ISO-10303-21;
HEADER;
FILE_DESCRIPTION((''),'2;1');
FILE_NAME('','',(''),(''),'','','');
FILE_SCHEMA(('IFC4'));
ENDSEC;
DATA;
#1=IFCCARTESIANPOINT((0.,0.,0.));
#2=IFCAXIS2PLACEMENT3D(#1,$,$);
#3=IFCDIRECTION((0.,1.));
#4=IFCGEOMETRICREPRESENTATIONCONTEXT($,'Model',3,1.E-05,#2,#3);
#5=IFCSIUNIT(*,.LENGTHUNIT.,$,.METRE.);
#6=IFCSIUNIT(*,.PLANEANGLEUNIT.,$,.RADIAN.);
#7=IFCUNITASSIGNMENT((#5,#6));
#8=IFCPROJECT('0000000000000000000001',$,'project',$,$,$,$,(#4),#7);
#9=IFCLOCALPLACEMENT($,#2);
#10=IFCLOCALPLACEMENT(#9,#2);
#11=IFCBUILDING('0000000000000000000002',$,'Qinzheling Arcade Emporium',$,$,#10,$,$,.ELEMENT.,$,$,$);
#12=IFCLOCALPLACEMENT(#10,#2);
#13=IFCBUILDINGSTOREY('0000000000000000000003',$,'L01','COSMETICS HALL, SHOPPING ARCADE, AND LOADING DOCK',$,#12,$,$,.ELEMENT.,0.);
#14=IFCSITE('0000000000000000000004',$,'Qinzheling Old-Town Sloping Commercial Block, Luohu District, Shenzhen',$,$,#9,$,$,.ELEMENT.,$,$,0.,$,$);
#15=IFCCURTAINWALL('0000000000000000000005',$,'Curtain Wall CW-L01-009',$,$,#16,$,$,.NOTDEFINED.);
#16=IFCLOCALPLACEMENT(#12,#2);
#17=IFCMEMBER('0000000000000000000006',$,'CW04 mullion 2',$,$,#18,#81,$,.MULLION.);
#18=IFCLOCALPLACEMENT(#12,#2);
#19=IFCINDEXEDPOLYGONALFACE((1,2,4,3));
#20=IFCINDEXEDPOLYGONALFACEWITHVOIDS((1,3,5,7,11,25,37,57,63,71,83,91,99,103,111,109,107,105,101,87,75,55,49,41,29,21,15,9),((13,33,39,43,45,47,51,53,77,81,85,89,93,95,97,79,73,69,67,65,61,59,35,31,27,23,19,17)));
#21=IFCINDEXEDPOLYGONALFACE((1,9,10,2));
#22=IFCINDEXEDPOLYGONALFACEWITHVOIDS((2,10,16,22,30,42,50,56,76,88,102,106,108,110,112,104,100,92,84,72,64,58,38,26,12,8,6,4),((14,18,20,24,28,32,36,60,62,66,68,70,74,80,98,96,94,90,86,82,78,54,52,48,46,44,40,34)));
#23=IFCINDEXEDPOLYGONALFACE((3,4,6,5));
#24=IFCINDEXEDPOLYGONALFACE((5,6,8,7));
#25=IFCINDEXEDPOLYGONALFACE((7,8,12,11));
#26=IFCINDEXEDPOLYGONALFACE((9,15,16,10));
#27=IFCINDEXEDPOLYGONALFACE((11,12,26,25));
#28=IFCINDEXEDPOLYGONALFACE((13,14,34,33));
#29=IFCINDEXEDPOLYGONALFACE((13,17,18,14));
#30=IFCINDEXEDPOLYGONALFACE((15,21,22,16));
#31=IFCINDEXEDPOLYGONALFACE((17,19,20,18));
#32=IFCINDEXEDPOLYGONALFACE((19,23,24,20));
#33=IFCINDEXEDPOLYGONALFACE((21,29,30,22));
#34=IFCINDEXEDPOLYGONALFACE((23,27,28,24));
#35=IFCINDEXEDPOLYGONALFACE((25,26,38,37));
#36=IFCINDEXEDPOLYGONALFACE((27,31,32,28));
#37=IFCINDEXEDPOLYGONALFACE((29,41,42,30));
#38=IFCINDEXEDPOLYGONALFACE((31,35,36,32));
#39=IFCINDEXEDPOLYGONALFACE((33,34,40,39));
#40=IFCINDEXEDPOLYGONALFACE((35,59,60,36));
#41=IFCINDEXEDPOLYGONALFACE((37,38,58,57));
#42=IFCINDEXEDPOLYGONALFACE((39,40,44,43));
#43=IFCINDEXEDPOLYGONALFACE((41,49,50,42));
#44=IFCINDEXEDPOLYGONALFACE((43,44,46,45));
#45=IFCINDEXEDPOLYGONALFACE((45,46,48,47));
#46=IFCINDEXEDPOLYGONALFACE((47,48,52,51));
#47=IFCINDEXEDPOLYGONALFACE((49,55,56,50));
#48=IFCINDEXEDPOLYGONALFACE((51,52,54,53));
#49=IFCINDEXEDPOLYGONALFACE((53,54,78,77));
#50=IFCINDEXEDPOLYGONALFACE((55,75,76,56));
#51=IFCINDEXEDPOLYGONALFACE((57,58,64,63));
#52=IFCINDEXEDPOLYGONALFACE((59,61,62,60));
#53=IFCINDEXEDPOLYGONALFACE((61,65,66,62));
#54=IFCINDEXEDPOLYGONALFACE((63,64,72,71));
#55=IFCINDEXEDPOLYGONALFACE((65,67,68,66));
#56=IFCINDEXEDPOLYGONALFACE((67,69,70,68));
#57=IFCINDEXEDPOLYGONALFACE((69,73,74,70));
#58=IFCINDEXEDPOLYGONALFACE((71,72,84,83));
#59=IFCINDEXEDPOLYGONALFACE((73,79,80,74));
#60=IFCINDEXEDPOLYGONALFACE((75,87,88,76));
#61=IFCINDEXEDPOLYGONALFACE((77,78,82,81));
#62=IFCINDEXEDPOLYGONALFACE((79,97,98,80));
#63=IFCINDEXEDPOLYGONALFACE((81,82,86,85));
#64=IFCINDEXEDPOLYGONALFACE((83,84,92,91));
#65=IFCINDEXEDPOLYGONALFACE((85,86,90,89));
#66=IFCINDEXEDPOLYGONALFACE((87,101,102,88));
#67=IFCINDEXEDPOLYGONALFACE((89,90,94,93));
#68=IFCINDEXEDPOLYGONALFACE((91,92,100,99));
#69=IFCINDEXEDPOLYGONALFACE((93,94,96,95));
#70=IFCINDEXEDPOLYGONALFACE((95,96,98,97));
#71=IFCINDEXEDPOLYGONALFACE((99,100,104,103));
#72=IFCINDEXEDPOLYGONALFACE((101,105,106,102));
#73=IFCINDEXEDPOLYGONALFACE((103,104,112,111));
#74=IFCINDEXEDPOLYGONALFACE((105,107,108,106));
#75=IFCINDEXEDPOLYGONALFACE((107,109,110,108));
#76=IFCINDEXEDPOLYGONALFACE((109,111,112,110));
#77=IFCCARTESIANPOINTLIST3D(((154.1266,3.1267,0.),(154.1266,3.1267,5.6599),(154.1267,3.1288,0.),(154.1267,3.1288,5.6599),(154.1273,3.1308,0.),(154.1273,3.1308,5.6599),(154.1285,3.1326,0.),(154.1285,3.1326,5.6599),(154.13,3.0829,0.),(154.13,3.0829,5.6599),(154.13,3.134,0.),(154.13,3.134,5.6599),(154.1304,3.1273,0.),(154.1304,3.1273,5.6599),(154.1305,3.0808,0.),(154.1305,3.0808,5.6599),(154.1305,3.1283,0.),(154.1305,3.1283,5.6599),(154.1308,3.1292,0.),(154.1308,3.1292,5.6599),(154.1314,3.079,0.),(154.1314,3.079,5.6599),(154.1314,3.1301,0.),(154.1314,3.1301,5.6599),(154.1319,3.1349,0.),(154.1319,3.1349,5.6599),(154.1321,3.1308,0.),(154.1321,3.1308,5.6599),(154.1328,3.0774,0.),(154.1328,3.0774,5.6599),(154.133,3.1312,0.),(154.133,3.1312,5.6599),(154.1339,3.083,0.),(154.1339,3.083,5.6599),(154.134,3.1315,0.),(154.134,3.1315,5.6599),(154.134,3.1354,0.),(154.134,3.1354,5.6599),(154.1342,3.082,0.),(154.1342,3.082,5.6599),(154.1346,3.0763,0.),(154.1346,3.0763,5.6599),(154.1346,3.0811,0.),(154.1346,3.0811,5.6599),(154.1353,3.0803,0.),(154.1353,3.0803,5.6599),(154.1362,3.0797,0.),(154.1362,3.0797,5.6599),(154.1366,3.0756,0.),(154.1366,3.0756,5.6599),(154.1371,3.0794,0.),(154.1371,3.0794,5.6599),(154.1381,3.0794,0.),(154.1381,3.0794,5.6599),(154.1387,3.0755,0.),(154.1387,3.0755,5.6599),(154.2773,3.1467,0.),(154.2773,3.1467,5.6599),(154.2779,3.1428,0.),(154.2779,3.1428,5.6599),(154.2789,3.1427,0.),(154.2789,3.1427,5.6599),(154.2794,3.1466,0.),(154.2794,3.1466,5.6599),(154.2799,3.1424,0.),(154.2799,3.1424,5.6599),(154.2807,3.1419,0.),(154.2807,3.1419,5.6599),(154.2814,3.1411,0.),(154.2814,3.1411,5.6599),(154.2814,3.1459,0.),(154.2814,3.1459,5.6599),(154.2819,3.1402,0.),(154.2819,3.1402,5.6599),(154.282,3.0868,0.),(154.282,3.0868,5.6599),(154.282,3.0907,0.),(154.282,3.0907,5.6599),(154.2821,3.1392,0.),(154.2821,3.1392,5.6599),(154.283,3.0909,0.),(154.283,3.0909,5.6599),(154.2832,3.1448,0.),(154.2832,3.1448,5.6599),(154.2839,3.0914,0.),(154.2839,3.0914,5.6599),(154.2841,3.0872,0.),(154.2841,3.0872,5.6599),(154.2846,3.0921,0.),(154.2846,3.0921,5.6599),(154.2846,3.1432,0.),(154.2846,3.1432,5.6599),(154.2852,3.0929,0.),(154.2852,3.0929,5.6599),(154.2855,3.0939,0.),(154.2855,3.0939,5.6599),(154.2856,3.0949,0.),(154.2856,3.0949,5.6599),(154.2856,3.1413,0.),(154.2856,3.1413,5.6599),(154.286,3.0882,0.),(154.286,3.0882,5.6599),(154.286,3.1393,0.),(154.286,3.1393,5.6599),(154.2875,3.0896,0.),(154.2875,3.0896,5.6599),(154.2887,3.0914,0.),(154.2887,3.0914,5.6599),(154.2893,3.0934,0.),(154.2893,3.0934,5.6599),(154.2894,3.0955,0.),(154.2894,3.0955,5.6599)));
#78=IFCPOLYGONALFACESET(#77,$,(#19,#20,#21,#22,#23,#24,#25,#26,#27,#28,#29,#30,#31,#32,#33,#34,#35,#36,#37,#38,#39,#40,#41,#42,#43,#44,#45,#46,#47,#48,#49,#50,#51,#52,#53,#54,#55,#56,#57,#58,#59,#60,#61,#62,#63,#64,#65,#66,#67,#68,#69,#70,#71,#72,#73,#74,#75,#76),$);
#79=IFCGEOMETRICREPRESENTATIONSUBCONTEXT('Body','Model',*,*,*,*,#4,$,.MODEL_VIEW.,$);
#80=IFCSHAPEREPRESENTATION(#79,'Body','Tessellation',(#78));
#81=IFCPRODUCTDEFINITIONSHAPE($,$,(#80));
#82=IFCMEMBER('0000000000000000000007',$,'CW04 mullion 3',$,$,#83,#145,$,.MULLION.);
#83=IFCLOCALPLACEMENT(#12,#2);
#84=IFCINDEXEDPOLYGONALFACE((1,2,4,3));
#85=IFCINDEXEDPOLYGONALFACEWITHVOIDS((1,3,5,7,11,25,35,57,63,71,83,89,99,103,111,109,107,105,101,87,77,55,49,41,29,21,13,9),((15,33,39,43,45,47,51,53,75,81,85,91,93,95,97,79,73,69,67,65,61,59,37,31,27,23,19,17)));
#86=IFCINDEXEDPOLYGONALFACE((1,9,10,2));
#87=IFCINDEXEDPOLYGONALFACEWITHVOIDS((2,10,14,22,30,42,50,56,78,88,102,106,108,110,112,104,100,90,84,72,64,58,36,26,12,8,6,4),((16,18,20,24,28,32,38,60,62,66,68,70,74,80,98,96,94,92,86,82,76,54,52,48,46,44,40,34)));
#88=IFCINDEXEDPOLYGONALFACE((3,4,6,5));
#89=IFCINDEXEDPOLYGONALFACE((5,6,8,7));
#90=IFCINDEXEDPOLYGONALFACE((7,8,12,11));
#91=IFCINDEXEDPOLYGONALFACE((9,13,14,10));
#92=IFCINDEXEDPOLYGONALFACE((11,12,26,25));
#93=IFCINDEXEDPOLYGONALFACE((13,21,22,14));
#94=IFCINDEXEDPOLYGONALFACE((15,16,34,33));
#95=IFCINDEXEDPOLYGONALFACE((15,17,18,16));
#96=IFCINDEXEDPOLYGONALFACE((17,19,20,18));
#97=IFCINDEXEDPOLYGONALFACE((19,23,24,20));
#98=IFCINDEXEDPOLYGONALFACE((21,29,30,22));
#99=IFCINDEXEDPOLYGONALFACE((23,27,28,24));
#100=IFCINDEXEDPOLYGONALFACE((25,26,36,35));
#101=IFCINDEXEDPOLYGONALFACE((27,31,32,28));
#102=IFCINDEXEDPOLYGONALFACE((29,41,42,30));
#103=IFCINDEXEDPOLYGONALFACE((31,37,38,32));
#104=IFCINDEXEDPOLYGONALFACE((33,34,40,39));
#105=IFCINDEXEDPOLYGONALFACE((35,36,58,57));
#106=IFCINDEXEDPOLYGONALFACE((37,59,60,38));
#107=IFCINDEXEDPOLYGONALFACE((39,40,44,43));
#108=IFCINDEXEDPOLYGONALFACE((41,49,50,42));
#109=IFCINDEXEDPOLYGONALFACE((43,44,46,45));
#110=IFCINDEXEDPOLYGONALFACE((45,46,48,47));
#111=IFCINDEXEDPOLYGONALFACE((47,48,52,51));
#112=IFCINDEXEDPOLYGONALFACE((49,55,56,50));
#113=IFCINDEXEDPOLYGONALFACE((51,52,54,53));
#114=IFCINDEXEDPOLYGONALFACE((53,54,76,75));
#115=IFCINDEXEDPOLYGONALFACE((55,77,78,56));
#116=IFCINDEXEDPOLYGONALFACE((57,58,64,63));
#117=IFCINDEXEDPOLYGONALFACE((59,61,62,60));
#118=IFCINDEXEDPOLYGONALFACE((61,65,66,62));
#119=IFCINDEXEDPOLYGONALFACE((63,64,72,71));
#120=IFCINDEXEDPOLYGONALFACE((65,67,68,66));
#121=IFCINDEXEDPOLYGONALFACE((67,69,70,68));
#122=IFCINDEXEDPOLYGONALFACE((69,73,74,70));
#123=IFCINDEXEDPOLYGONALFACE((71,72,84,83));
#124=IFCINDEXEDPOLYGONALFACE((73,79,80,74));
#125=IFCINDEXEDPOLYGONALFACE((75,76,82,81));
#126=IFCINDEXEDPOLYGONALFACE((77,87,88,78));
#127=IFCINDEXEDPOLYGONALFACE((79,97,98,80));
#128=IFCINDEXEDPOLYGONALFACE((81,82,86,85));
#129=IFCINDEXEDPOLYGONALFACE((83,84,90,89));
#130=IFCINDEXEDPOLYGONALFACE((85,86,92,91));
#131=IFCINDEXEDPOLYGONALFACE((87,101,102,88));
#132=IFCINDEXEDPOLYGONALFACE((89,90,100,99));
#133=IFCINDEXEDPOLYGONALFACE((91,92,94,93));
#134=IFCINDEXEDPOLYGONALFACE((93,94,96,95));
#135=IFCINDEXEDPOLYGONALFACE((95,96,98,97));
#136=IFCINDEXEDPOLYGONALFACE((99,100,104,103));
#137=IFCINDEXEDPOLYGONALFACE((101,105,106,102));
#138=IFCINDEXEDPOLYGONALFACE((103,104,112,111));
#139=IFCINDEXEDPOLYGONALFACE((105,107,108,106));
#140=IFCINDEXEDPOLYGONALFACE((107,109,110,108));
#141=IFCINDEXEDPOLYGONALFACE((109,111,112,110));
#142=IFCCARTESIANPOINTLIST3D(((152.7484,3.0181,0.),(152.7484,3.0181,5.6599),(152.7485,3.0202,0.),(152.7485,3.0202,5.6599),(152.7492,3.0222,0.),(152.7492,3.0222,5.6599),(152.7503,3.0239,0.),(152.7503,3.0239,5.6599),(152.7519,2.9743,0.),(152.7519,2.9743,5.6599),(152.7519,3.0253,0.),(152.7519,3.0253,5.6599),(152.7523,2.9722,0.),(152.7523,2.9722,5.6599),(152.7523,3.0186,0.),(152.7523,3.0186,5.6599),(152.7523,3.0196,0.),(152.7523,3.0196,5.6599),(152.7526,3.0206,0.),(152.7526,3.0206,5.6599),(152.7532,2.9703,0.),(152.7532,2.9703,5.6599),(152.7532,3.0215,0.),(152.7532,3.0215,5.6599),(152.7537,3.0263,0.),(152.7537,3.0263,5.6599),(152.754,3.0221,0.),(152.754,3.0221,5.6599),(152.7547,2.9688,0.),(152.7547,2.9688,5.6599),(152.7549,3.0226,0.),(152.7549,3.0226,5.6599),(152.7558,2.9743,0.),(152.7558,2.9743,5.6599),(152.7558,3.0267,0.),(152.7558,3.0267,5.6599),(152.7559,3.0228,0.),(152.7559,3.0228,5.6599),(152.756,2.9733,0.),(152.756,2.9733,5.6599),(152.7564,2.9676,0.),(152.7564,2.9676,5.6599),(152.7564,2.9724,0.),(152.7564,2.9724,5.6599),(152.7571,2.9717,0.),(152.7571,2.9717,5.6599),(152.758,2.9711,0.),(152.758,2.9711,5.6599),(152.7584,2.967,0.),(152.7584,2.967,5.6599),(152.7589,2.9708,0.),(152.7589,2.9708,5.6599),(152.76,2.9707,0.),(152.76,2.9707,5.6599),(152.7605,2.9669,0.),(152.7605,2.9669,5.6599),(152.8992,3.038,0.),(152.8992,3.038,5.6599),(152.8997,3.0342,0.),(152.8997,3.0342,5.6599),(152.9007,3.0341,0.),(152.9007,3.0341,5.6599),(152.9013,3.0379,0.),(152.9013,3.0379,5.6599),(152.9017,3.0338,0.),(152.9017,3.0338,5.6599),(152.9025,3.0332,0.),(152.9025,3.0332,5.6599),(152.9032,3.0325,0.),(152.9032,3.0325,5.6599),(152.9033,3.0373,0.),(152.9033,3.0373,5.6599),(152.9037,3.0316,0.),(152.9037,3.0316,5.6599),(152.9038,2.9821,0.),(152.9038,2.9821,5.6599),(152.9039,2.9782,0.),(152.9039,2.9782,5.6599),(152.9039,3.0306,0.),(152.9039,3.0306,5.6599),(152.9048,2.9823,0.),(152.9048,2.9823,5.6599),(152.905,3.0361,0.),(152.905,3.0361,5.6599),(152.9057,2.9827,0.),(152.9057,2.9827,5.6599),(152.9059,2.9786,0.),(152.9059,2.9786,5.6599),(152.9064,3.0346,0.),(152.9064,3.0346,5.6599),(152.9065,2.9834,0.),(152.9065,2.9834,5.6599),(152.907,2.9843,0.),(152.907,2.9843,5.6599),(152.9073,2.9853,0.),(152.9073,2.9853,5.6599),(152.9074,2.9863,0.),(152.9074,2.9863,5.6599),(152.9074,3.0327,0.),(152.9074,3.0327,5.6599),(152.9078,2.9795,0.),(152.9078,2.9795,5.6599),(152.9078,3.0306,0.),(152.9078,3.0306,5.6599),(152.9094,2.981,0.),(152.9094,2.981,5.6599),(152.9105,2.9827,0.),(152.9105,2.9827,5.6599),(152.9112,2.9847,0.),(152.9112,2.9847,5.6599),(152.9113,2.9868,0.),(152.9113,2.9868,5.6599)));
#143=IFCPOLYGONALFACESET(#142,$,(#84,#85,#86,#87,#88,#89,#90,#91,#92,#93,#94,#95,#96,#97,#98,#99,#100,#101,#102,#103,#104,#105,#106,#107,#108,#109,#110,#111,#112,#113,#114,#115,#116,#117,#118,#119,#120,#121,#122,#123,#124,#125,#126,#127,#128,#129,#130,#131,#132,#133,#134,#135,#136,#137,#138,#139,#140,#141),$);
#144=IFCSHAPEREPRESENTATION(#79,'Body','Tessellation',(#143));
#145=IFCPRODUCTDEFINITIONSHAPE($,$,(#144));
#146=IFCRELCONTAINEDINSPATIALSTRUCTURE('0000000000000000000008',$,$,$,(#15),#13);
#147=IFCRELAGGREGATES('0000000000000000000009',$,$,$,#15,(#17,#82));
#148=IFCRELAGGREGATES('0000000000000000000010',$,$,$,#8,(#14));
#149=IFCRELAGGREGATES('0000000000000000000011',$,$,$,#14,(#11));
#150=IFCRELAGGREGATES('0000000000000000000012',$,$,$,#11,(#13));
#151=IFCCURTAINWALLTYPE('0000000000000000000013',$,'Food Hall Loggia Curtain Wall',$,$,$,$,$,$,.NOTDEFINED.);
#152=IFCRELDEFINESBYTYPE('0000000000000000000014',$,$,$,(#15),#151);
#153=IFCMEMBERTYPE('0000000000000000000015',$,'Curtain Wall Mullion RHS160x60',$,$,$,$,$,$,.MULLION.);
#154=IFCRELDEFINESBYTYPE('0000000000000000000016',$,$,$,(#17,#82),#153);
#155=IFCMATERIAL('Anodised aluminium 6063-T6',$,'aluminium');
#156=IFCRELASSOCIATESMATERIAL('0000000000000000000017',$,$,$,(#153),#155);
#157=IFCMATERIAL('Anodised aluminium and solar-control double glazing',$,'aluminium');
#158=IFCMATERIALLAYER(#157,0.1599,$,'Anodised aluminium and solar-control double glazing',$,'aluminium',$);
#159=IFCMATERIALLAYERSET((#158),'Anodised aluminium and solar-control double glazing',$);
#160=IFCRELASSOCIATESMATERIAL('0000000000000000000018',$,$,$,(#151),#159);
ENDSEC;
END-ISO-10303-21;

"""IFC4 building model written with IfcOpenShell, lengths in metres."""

from ifc_helpers import new_model, si_unit, direction, frame, origin, origin_2d, place, context, subcontext, project, spatial, hollow_rectangle, extrude, material, layer, layer_set, material_profile, profile_set, type_object, element, aggregate, save


model = new_model("IFC4")

# Units and contexts
model_context = context("Model", 3, precision=1e-05, world=origin(), true_north=direction((0.0, 1.0)))
body_context = subcontext(model_context, "Body", "Model", "MODEL_VIEW")
ifc_project = project(units=[si_unit("LENGTHUNIT", "METRE"), si_unit("PLANEANGLEUNIT", "RADIAN")], contexts=[model_context])

# Site, building, storey
site_placement = place(None, origin())
site = spatial("IfcSite", under=ifc_project, at=site_placement, Name="Qinzheling Old-Town Sloping Commercial Block, Luohu District, Shenzhen", CompositionType="ELEMENT", RefElevation=0.0)
building_placement = place(site_placement, origin())
building = spatial("IfcBuilding", under=site, at=building_placement, Name="Qinzheling Arcade Emporium", CompositionType="ELEMENT")
storey_placement = place(building_placement, origin())
storey = spatial("IfcBuildingStorey", under=building, at=storey_placement, Name="L01", Description="COSMETICS HALL, SHOPPING ARCADE, AND LOADING DOCK", CompositionType="ELEMENT", Elevation=0.0)

# Shared definitions
ifc_material_1 = material(Name="Anodised aluminium and solar-control double glazing", Category="aluminium")
ifc_material_2 = material(Name="Anodised aluminium 6063-T6", Category="aluminium")
ifc_material_profile_1 = material_profile(ifc_material_2, hollow_rectangle(XDim=0.0601, YDim=0.1599, WallThickness=0.0039, InnerFilletRadius=0.0039, OuterFilletRadius=0.0081, at=origin_2d()), Name="RHS 160x60x4", Category="aluminium")
ifc_profile_set_1 = profile_set([ifc_material_profile_1], Name="Anodised aluminium 6063-T6")
member_type_1 = type_object("IfcMemberType", Name="Curtain Wall Mullion RHS160x60", PredefinedType="MULLION", material=ifc_profile_set_1)

# Curtain wall, members
ifc_layer_1 = layer(ifc_material_1, 0.1599, Name="Anodised aluminium and solar-control double glazing", Category="aluminium")
ifc_layer_set_1 = layer_set([ifc_layer_1], Name="Anodised aluminium and solar-control double glazing")
curtain_wall_type_1 = type_object("IfcCurtainWallType", Name="Food Hall Loggia Curtain Wall", PredefinedType="NOTDEFINED", material=ifc_layer_set_1)
curtain_wall_1_placement = place(storey_placement, origin())
curtain_wall_1 = element("IfcCurtainWall", 1, at=curtain_wall_1_placement, inside=storey, type_object=curtain_wall_type_1, Name="Curtain Wall CW-L01-009", PredefinedType="NOTDEFINED")
member_1_placement = place(storey_placement, frame((154.208, 3.1111, 0.0), z_axis=(0.0, 0.0, 1.0), x_axis=(0.078591, -0.996907, 0.0)))
member_1 = element("IfcMember", 2, at=member_1_placement, type_object=member_type_1, Name="CW04 mullion 2", PredefinedType="MULLION", context=body_context, shape_type="SweptSolid", body=[
    extrude(hollow_rectangle(XDim=0.0601, YDim=0.1599, WallThickness=0.0039, InnerFilletRadius=0.0039, OuterFilletRadius=0.0081, at=origin_2d()), origin(), (0.0, 0.0, 1.0), 5.6599),
])
member_2_placement = place(storey_placement, frame((152.8298, 3.0024, 0.0), z_axis=(0.0, 0.0, 1.0), x_axis=(0.078591, -0.996907, 0.0)))
member_2 = element("IfcMember", 3, at=member_2_placement, type_object=member_type_1, Name="CW04 mullion 3", PredefinedType="MULLION", context=body_context, shape_type="SweptSolid", body=[
    extrude(hollow_rectangle(XDim=0.0601, YDim=0.1599, WallThickness=0.0039, InnerFilletRadius=0.0039, OuterFilletRadius=0.0081, at=origin_2d()), origin(), (0.0, 0.0, 1.0), 5.6599),
])

aggregate(curtain_wall_1, [member_1, member_2])

save(model, "model.ifc")
